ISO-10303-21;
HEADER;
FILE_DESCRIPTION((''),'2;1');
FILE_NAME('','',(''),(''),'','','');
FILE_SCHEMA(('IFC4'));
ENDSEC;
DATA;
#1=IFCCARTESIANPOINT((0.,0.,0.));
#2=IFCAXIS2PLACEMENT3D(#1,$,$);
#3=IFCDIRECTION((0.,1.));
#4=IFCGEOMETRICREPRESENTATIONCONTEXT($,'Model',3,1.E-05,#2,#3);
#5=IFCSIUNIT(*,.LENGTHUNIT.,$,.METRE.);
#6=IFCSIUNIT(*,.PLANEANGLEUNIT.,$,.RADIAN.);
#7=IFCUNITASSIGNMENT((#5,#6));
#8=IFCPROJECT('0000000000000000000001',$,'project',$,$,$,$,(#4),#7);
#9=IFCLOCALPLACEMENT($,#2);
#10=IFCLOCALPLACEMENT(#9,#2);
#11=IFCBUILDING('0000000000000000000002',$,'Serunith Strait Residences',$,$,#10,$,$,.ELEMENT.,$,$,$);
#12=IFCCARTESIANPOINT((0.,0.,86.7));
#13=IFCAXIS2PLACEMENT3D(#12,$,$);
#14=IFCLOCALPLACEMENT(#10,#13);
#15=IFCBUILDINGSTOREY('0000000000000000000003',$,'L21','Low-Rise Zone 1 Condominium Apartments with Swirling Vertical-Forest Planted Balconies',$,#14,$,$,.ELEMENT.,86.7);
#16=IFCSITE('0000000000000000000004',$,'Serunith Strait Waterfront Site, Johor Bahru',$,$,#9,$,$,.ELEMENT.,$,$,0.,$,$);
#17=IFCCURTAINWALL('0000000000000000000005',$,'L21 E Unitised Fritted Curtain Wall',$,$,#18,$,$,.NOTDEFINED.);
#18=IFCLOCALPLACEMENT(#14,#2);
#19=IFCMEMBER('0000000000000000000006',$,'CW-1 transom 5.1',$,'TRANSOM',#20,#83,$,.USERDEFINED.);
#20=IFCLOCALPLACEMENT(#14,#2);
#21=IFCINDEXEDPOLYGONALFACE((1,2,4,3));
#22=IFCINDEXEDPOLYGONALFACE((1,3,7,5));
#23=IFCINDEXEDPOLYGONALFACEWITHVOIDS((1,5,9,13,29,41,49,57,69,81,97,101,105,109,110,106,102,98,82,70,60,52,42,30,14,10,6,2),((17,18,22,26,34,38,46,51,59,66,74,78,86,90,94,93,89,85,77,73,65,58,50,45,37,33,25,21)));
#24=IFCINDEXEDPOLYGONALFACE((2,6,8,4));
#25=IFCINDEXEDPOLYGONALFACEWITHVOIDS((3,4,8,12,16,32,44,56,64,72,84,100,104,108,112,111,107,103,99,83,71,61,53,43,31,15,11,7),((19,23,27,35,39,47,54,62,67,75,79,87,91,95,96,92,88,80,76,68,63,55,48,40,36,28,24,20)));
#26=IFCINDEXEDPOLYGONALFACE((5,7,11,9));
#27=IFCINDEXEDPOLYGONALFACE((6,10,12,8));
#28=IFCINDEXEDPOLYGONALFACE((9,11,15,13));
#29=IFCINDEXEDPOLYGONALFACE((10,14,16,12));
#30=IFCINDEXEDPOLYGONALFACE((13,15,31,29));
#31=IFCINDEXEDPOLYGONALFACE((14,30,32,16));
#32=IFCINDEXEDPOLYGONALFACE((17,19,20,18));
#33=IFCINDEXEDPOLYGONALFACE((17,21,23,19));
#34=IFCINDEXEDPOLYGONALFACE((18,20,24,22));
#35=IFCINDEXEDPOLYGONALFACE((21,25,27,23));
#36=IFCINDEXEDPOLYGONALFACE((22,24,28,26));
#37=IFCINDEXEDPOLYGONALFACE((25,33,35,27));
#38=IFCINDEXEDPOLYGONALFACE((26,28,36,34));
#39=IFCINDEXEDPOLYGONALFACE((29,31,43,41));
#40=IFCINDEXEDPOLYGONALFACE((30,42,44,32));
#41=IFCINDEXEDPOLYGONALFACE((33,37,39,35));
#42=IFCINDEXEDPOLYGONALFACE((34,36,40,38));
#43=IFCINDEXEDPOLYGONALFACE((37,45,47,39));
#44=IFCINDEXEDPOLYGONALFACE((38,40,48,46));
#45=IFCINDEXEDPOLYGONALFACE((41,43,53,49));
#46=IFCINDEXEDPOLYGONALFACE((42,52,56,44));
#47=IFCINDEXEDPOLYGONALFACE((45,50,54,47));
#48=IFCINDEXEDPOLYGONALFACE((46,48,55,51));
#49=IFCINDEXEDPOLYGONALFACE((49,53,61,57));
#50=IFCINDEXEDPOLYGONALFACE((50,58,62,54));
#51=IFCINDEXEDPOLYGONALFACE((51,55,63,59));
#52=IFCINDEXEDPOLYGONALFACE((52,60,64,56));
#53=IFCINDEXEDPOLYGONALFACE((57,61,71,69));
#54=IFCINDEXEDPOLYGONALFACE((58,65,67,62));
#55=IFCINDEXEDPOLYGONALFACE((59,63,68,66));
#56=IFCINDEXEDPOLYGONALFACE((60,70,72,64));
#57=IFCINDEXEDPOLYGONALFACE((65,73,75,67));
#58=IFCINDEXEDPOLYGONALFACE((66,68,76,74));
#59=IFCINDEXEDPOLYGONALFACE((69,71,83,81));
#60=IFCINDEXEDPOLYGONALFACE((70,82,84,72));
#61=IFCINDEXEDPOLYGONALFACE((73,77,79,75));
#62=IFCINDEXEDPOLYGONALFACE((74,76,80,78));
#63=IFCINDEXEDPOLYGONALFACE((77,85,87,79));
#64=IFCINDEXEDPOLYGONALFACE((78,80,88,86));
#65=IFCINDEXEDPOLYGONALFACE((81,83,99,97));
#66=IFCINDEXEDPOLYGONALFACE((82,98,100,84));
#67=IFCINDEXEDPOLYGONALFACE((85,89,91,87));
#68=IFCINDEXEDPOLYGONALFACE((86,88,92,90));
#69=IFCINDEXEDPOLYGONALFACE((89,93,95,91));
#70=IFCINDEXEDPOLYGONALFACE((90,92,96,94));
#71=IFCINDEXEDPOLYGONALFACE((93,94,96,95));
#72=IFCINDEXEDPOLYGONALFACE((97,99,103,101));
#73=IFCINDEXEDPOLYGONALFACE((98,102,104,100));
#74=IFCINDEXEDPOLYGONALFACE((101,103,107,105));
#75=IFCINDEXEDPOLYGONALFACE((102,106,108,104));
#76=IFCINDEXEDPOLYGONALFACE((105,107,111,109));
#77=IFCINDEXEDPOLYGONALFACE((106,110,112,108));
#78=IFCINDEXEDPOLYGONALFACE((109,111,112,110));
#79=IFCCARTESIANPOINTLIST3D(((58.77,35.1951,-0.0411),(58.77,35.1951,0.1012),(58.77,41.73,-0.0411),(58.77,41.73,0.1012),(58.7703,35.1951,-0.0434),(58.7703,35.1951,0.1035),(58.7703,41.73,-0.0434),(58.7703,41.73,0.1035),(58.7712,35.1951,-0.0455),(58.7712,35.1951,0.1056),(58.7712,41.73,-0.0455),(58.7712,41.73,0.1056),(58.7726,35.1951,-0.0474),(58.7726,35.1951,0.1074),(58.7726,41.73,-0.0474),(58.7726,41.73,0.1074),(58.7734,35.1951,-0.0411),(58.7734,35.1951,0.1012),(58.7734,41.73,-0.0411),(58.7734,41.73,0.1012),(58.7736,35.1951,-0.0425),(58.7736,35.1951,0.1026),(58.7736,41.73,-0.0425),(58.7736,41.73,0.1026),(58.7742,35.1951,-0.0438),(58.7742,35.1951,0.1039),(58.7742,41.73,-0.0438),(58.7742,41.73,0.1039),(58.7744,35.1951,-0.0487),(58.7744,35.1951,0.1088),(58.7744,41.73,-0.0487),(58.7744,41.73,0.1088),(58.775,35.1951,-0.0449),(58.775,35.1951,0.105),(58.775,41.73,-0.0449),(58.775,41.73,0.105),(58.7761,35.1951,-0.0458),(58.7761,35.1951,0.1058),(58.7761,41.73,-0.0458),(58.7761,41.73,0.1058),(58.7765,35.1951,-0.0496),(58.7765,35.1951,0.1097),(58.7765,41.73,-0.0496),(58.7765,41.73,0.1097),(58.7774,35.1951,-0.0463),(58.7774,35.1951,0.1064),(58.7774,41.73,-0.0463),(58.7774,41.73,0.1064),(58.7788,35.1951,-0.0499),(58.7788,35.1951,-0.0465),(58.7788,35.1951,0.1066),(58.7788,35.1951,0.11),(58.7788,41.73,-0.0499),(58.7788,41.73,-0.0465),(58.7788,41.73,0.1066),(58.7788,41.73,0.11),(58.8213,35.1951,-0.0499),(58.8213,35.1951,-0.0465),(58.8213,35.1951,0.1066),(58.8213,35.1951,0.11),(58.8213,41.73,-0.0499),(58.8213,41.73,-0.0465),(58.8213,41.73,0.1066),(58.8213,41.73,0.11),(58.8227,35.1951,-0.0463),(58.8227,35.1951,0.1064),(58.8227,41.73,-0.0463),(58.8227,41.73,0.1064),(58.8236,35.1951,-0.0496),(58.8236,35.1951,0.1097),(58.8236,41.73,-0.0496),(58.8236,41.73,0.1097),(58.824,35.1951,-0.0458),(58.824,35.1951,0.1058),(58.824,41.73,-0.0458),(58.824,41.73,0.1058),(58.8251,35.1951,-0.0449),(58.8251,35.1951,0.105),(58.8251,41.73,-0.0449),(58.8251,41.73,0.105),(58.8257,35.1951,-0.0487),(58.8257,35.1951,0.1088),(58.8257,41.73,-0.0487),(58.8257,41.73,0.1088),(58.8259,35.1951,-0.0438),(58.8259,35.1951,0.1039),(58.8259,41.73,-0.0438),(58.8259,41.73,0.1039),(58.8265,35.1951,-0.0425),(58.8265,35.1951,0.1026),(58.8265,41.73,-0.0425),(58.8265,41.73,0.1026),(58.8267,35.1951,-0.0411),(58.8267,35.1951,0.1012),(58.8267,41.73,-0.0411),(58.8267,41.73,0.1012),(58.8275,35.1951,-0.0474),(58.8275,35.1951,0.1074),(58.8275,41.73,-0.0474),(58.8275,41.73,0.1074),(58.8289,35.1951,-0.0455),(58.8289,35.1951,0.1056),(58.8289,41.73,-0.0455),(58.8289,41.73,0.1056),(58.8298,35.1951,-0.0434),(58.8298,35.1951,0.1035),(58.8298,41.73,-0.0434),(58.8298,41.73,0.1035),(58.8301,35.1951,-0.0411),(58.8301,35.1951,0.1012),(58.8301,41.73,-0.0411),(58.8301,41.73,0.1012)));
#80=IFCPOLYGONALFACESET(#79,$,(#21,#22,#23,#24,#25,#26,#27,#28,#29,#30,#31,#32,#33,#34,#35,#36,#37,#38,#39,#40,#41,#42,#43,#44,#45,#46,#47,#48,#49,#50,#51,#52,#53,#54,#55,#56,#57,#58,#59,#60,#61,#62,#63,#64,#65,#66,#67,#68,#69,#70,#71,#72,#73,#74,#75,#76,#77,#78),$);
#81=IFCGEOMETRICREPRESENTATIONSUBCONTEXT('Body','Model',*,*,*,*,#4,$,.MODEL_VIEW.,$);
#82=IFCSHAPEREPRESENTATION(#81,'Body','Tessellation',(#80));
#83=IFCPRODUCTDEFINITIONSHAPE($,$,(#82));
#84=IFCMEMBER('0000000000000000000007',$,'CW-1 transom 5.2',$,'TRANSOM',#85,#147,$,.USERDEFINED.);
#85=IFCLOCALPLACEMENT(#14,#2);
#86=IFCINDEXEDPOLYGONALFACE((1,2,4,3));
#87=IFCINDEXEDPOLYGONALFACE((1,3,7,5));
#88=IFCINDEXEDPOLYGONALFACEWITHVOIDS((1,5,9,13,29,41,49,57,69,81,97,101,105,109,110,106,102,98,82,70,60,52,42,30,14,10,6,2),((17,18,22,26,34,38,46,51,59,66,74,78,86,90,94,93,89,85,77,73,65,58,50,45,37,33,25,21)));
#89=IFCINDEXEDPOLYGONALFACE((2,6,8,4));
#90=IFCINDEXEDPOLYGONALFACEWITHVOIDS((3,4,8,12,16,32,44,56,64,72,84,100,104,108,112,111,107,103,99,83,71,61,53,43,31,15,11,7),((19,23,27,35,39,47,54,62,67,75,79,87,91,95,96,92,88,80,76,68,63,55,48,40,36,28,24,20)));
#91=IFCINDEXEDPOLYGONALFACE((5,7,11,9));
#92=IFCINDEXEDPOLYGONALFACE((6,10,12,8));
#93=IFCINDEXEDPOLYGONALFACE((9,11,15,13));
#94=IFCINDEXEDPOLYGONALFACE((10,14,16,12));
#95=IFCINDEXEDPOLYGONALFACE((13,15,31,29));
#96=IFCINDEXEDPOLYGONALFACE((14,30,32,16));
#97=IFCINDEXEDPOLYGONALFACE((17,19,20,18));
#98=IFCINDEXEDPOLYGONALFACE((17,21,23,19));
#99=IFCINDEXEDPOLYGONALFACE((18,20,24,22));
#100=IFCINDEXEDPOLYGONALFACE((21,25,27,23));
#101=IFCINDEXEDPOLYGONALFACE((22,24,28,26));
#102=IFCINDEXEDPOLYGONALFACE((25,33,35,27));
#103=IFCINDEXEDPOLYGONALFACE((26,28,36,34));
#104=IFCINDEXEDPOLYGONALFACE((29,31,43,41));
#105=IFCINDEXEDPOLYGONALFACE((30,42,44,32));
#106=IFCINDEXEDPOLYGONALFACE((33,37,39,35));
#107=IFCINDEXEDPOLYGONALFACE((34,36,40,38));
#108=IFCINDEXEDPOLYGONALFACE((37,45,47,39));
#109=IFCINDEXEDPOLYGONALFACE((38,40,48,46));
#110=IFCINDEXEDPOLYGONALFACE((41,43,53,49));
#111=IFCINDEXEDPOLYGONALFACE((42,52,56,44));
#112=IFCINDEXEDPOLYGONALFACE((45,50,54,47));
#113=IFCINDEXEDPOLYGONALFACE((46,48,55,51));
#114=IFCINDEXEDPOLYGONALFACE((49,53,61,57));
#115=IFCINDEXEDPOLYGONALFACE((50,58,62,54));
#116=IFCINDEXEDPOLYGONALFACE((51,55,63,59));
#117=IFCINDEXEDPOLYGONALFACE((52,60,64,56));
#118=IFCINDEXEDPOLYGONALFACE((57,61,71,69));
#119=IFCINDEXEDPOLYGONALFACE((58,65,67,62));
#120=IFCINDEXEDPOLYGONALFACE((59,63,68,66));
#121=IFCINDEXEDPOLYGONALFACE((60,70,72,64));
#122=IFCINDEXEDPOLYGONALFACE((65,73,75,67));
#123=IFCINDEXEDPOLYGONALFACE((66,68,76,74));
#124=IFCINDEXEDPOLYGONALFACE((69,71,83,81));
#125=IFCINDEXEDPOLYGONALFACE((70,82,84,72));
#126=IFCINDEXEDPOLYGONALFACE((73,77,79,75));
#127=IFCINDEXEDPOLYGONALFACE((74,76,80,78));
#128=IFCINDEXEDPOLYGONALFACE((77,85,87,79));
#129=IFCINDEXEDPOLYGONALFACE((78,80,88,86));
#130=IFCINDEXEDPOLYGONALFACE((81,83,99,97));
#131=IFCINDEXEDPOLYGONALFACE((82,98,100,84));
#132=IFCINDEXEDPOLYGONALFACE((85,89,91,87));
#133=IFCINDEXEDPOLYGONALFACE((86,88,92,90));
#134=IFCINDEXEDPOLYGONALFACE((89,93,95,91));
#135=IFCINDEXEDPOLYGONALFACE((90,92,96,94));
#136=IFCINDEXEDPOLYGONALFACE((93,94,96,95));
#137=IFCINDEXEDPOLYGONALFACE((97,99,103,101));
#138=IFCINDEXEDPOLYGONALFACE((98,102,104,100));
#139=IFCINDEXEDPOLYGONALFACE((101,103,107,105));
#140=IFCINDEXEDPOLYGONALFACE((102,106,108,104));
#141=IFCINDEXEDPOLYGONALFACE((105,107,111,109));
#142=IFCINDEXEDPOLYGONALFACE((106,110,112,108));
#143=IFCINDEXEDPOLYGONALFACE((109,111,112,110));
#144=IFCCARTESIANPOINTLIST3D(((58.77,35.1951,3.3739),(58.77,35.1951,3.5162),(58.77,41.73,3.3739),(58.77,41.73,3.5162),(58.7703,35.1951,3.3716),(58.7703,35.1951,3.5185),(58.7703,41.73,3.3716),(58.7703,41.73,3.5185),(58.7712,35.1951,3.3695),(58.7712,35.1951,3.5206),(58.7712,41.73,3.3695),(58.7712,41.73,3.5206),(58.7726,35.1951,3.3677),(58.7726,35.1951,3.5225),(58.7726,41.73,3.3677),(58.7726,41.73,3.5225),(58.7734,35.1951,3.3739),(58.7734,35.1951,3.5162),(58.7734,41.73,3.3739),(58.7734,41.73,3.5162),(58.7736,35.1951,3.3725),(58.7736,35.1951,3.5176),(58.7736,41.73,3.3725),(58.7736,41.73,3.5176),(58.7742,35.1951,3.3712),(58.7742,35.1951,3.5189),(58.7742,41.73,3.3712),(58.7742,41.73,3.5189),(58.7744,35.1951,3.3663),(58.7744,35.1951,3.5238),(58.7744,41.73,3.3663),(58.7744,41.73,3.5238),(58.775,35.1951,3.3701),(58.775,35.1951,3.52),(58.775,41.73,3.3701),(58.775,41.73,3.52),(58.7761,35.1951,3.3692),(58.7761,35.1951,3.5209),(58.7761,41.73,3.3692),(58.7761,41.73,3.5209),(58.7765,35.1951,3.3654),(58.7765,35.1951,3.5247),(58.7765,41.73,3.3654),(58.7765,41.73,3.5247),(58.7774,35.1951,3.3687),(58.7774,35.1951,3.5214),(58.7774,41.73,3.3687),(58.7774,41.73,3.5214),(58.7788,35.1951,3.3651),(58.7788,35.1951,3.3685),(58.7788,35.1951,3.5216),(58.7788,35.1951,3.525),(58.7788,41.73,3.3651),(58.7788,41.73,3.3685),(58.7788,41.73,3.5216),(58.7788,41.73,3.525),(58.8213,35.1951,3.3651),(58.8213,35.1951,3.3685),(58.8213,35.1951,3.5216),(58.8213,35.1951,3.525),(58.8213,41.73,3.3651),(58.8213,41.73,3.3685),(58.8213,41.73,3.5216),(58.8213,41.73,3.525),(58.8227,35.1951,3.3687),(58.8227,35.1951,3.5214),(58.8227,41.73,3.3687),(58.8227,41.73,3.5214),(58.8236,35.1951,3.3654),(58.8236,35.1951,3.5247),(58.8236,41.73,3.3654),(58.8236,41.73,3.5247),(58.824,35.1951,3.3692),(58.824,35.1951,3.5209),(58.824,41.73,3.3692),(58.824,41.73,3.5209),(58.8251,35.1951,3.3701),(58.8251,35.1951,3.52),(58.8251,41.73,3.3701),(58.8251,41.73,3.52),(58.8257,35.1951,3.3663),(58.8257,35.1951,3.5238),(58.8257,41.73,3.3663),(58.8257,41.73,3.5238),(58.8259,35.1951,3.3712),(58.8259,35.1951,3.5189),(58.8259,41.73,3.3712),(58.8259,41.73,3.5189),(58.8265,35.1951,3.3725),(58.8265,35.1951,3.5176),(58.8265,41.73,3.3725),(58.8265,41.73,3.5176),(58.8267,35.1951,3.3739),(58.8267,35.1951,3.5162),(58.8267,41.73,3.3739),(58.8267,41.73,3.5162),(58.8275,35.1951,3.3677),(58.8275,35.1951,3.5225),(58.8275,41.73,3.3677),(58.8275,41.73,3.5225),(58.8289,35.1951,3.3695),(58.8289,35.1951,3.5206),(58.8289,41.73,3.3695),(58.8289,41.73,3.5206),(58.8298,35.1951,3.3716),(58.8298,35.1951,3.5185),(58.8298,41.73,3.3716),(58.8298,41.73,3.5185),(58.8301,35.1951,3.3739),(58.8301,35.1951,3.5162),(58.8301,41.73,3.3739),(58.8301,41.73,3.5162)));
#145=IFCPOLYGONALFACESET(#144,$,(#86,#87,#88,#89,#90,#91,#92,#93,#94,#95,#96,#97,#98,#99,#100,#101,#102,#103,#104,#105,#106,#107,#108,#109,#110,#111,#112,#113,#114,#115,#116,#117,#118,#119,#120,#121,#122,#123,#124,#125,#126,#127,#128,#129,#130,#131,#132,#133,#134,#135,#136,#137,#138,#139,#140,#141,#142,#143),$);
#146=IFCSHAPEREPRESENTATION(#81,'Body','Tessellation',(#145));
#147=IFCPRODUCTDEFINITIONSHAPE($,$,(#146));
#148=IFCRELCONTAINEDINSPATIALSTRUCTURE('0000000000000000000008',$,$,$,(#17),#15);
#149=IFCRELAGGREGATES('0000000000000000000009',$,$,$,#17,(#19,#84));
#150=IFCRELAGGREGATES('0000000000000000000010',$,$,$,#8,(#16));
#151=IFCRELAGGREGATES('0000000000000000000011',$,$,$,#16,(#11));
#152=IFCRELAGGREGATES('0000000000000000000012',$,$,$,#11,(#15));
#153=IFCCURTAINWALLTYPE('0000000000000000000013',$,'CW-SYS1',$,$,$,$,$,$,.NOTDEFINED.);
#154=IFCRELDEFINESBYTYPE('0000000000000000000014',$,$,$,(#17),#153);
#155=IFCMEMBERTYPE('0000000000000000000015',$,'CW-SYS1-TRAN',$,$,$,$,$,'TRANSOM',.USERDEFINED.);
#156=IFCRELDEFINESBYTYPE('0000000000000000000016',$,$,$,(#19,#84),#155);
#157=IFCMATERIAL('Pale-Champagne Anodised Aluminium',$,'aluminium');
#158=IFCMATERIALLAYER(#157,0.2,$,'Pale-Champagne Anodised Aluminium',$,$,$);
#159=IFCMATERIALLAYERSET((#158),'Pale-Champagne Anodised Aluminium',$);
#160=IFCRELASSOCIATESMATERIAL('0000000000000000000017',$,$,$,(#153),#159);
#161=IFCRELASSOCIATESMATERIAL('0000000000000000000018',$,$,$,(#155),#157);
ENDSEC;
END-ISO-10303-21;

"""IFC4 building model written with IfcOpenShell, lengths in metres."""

from ifc_helpers import new_model, si_unit, direction, frame, origin, origin_2d, place, context, subcontext, project, spatial, hollow_rectangle, extrude, source, transform, mapped, material, layer, layer_set, material_profile, profile_set, type_object, element, aggregate, save


model = new_model("IFC4")

# Units and contexts
model_context = context("Model", 3, precision=1e-05, world=origin(), true_north=direction((0.0, 1.0)))
body_context = subcontext(model_context, "Body", "Model", "MODEL_VIEW")
ifc_project = project(units=[si_unit("LENGTHUNIT", "METRE"), si_unit("PLANEANGLEUNIT", "RADIAN")], contexts=[model_context])

# Site, building, storey
site_placement = place(None, origin())
site = spatial("IfcSite", under=ifc_project, at=site_placement, Name="Serunith Strait Waterfront Site, Johor Bahru", CompositionType="ELEMENT", RefElevation=0.0)
building_placement = place(site_placement, origin())
building = spatial("IfcBuilding", under=site, at=building_placement, Name="Serunith Strait Residences", CompositionType="ELEMENT")
storey_placement = place(building_placement, frame((0.0, 0.0, 86.7)))
storey = spatial("IfcBuildingStorey", under=building, at=storey_placement, Name="L21", Description="Low-Rise Zone 1 Condominium Apartments with Swirling Vertical-Forest Planted Balconies", CompositionType="ELEMENT", Elevation=86.7)

# Curtain wall, members
ifc_material_1 = material(Name="Pale-Champagne Anodised Aluminium", Category="aluminium")
ifc_layer_1 = layer(ifc_material_1, 0.2, Name="Pale-Champagne Anodised Aluminium")
ifc_layer_set_1 = layer_set([ifc_layer_1], Name="Pale-Champagne Anodised Aluminium")
curtain_wall_type = type_object("IfcCurtainWallType", Name="CW-SYS1", PredefinedType="NOTDEFINED", material=ifc_layer_set_1)
curtain_wall_placement = place(storey_placement, origin())
curtain_wall = element("IfcCurtainWall", 1, at=curtain_wall_placement, inside=storey, type_object=curtain_wall_type, Name="L21 E Unitised Fritted Curtain Wall", PredefinedType="NOTDEFINED")
ifc_material_profile_1 = material_profile(ifc_material_1, hollow_rectangle(XDim=0.0601, YDim=0.1599, WallThickness=0.0034, InnerFilletRadius=0.0054, OuterFilletRadius=0.0088, at=origin_2d()), Name="ALU 160x60x3.5")
ifc_profile_set_1 = profile_set([ifc_material_profile_1], Name="Pale-Champagne Anodised Aluminium")
member_type_1 = type_object("IfcMemberType", Name="CW-SYS1-TRAN", ElementType="TRANSOM", PredefinedType="USERDEFINED", material=ifc_profile_set_1)
shared_shape_1 = source(origin(), body_context, "Body", "SweptSolid", [
    extrude(hollow_rectangle(XDim=0.0601, YDim=0.1599, WallThickness=0.0034, InnerFilletRadius=0.0054, OuterFilletRadius=0.0088, at=origin_2d()), origin(), (0.0, 0.0, 1.0), 6.5349),
])
member_1_placement = place(storey_placement, frame((58.8, 35.1951, 0.03), z_axis=(0.0, 1.0, 0.0), x_axis=(-1.0, 0.0, 0.0)))
member_1 = element("IfcMember", 2, at=member_1_placement, type_object=member_type_1, Name="CW-1 transom 5.1", ObjectType="TRANSOM", PredefinedType="USERDEFINED", context=body_context, shape_type="MappedRepresentation", body=[
    mapped(shared_shape_1, transform((0.0, 0.0, 0.0), scale=1.0)),
])
member_2_placement = place(storey_placement, frame((58.8, 35.1951, 3.4451), z_axis=(0.0, 1.0, 0.0), x_axis=(-1.0, 0.0, 0.0)))
member_2 = element("IfcMember", 3, at=member_2_placement, type_object=member_type_1, Name="CW-1 transom 5.2", ObjectType="TRANSOM", PredefinedType="USERDEFINED", context=body_context, shape_type="MappedRepresentation", body=[
    mapped(shared_shape_1, transform((0.0, 0.0, 0.0), scale=1.0)),
])
aggregate(curtain_wall, [member_1, member_2])

save(model, "model.ifc")
